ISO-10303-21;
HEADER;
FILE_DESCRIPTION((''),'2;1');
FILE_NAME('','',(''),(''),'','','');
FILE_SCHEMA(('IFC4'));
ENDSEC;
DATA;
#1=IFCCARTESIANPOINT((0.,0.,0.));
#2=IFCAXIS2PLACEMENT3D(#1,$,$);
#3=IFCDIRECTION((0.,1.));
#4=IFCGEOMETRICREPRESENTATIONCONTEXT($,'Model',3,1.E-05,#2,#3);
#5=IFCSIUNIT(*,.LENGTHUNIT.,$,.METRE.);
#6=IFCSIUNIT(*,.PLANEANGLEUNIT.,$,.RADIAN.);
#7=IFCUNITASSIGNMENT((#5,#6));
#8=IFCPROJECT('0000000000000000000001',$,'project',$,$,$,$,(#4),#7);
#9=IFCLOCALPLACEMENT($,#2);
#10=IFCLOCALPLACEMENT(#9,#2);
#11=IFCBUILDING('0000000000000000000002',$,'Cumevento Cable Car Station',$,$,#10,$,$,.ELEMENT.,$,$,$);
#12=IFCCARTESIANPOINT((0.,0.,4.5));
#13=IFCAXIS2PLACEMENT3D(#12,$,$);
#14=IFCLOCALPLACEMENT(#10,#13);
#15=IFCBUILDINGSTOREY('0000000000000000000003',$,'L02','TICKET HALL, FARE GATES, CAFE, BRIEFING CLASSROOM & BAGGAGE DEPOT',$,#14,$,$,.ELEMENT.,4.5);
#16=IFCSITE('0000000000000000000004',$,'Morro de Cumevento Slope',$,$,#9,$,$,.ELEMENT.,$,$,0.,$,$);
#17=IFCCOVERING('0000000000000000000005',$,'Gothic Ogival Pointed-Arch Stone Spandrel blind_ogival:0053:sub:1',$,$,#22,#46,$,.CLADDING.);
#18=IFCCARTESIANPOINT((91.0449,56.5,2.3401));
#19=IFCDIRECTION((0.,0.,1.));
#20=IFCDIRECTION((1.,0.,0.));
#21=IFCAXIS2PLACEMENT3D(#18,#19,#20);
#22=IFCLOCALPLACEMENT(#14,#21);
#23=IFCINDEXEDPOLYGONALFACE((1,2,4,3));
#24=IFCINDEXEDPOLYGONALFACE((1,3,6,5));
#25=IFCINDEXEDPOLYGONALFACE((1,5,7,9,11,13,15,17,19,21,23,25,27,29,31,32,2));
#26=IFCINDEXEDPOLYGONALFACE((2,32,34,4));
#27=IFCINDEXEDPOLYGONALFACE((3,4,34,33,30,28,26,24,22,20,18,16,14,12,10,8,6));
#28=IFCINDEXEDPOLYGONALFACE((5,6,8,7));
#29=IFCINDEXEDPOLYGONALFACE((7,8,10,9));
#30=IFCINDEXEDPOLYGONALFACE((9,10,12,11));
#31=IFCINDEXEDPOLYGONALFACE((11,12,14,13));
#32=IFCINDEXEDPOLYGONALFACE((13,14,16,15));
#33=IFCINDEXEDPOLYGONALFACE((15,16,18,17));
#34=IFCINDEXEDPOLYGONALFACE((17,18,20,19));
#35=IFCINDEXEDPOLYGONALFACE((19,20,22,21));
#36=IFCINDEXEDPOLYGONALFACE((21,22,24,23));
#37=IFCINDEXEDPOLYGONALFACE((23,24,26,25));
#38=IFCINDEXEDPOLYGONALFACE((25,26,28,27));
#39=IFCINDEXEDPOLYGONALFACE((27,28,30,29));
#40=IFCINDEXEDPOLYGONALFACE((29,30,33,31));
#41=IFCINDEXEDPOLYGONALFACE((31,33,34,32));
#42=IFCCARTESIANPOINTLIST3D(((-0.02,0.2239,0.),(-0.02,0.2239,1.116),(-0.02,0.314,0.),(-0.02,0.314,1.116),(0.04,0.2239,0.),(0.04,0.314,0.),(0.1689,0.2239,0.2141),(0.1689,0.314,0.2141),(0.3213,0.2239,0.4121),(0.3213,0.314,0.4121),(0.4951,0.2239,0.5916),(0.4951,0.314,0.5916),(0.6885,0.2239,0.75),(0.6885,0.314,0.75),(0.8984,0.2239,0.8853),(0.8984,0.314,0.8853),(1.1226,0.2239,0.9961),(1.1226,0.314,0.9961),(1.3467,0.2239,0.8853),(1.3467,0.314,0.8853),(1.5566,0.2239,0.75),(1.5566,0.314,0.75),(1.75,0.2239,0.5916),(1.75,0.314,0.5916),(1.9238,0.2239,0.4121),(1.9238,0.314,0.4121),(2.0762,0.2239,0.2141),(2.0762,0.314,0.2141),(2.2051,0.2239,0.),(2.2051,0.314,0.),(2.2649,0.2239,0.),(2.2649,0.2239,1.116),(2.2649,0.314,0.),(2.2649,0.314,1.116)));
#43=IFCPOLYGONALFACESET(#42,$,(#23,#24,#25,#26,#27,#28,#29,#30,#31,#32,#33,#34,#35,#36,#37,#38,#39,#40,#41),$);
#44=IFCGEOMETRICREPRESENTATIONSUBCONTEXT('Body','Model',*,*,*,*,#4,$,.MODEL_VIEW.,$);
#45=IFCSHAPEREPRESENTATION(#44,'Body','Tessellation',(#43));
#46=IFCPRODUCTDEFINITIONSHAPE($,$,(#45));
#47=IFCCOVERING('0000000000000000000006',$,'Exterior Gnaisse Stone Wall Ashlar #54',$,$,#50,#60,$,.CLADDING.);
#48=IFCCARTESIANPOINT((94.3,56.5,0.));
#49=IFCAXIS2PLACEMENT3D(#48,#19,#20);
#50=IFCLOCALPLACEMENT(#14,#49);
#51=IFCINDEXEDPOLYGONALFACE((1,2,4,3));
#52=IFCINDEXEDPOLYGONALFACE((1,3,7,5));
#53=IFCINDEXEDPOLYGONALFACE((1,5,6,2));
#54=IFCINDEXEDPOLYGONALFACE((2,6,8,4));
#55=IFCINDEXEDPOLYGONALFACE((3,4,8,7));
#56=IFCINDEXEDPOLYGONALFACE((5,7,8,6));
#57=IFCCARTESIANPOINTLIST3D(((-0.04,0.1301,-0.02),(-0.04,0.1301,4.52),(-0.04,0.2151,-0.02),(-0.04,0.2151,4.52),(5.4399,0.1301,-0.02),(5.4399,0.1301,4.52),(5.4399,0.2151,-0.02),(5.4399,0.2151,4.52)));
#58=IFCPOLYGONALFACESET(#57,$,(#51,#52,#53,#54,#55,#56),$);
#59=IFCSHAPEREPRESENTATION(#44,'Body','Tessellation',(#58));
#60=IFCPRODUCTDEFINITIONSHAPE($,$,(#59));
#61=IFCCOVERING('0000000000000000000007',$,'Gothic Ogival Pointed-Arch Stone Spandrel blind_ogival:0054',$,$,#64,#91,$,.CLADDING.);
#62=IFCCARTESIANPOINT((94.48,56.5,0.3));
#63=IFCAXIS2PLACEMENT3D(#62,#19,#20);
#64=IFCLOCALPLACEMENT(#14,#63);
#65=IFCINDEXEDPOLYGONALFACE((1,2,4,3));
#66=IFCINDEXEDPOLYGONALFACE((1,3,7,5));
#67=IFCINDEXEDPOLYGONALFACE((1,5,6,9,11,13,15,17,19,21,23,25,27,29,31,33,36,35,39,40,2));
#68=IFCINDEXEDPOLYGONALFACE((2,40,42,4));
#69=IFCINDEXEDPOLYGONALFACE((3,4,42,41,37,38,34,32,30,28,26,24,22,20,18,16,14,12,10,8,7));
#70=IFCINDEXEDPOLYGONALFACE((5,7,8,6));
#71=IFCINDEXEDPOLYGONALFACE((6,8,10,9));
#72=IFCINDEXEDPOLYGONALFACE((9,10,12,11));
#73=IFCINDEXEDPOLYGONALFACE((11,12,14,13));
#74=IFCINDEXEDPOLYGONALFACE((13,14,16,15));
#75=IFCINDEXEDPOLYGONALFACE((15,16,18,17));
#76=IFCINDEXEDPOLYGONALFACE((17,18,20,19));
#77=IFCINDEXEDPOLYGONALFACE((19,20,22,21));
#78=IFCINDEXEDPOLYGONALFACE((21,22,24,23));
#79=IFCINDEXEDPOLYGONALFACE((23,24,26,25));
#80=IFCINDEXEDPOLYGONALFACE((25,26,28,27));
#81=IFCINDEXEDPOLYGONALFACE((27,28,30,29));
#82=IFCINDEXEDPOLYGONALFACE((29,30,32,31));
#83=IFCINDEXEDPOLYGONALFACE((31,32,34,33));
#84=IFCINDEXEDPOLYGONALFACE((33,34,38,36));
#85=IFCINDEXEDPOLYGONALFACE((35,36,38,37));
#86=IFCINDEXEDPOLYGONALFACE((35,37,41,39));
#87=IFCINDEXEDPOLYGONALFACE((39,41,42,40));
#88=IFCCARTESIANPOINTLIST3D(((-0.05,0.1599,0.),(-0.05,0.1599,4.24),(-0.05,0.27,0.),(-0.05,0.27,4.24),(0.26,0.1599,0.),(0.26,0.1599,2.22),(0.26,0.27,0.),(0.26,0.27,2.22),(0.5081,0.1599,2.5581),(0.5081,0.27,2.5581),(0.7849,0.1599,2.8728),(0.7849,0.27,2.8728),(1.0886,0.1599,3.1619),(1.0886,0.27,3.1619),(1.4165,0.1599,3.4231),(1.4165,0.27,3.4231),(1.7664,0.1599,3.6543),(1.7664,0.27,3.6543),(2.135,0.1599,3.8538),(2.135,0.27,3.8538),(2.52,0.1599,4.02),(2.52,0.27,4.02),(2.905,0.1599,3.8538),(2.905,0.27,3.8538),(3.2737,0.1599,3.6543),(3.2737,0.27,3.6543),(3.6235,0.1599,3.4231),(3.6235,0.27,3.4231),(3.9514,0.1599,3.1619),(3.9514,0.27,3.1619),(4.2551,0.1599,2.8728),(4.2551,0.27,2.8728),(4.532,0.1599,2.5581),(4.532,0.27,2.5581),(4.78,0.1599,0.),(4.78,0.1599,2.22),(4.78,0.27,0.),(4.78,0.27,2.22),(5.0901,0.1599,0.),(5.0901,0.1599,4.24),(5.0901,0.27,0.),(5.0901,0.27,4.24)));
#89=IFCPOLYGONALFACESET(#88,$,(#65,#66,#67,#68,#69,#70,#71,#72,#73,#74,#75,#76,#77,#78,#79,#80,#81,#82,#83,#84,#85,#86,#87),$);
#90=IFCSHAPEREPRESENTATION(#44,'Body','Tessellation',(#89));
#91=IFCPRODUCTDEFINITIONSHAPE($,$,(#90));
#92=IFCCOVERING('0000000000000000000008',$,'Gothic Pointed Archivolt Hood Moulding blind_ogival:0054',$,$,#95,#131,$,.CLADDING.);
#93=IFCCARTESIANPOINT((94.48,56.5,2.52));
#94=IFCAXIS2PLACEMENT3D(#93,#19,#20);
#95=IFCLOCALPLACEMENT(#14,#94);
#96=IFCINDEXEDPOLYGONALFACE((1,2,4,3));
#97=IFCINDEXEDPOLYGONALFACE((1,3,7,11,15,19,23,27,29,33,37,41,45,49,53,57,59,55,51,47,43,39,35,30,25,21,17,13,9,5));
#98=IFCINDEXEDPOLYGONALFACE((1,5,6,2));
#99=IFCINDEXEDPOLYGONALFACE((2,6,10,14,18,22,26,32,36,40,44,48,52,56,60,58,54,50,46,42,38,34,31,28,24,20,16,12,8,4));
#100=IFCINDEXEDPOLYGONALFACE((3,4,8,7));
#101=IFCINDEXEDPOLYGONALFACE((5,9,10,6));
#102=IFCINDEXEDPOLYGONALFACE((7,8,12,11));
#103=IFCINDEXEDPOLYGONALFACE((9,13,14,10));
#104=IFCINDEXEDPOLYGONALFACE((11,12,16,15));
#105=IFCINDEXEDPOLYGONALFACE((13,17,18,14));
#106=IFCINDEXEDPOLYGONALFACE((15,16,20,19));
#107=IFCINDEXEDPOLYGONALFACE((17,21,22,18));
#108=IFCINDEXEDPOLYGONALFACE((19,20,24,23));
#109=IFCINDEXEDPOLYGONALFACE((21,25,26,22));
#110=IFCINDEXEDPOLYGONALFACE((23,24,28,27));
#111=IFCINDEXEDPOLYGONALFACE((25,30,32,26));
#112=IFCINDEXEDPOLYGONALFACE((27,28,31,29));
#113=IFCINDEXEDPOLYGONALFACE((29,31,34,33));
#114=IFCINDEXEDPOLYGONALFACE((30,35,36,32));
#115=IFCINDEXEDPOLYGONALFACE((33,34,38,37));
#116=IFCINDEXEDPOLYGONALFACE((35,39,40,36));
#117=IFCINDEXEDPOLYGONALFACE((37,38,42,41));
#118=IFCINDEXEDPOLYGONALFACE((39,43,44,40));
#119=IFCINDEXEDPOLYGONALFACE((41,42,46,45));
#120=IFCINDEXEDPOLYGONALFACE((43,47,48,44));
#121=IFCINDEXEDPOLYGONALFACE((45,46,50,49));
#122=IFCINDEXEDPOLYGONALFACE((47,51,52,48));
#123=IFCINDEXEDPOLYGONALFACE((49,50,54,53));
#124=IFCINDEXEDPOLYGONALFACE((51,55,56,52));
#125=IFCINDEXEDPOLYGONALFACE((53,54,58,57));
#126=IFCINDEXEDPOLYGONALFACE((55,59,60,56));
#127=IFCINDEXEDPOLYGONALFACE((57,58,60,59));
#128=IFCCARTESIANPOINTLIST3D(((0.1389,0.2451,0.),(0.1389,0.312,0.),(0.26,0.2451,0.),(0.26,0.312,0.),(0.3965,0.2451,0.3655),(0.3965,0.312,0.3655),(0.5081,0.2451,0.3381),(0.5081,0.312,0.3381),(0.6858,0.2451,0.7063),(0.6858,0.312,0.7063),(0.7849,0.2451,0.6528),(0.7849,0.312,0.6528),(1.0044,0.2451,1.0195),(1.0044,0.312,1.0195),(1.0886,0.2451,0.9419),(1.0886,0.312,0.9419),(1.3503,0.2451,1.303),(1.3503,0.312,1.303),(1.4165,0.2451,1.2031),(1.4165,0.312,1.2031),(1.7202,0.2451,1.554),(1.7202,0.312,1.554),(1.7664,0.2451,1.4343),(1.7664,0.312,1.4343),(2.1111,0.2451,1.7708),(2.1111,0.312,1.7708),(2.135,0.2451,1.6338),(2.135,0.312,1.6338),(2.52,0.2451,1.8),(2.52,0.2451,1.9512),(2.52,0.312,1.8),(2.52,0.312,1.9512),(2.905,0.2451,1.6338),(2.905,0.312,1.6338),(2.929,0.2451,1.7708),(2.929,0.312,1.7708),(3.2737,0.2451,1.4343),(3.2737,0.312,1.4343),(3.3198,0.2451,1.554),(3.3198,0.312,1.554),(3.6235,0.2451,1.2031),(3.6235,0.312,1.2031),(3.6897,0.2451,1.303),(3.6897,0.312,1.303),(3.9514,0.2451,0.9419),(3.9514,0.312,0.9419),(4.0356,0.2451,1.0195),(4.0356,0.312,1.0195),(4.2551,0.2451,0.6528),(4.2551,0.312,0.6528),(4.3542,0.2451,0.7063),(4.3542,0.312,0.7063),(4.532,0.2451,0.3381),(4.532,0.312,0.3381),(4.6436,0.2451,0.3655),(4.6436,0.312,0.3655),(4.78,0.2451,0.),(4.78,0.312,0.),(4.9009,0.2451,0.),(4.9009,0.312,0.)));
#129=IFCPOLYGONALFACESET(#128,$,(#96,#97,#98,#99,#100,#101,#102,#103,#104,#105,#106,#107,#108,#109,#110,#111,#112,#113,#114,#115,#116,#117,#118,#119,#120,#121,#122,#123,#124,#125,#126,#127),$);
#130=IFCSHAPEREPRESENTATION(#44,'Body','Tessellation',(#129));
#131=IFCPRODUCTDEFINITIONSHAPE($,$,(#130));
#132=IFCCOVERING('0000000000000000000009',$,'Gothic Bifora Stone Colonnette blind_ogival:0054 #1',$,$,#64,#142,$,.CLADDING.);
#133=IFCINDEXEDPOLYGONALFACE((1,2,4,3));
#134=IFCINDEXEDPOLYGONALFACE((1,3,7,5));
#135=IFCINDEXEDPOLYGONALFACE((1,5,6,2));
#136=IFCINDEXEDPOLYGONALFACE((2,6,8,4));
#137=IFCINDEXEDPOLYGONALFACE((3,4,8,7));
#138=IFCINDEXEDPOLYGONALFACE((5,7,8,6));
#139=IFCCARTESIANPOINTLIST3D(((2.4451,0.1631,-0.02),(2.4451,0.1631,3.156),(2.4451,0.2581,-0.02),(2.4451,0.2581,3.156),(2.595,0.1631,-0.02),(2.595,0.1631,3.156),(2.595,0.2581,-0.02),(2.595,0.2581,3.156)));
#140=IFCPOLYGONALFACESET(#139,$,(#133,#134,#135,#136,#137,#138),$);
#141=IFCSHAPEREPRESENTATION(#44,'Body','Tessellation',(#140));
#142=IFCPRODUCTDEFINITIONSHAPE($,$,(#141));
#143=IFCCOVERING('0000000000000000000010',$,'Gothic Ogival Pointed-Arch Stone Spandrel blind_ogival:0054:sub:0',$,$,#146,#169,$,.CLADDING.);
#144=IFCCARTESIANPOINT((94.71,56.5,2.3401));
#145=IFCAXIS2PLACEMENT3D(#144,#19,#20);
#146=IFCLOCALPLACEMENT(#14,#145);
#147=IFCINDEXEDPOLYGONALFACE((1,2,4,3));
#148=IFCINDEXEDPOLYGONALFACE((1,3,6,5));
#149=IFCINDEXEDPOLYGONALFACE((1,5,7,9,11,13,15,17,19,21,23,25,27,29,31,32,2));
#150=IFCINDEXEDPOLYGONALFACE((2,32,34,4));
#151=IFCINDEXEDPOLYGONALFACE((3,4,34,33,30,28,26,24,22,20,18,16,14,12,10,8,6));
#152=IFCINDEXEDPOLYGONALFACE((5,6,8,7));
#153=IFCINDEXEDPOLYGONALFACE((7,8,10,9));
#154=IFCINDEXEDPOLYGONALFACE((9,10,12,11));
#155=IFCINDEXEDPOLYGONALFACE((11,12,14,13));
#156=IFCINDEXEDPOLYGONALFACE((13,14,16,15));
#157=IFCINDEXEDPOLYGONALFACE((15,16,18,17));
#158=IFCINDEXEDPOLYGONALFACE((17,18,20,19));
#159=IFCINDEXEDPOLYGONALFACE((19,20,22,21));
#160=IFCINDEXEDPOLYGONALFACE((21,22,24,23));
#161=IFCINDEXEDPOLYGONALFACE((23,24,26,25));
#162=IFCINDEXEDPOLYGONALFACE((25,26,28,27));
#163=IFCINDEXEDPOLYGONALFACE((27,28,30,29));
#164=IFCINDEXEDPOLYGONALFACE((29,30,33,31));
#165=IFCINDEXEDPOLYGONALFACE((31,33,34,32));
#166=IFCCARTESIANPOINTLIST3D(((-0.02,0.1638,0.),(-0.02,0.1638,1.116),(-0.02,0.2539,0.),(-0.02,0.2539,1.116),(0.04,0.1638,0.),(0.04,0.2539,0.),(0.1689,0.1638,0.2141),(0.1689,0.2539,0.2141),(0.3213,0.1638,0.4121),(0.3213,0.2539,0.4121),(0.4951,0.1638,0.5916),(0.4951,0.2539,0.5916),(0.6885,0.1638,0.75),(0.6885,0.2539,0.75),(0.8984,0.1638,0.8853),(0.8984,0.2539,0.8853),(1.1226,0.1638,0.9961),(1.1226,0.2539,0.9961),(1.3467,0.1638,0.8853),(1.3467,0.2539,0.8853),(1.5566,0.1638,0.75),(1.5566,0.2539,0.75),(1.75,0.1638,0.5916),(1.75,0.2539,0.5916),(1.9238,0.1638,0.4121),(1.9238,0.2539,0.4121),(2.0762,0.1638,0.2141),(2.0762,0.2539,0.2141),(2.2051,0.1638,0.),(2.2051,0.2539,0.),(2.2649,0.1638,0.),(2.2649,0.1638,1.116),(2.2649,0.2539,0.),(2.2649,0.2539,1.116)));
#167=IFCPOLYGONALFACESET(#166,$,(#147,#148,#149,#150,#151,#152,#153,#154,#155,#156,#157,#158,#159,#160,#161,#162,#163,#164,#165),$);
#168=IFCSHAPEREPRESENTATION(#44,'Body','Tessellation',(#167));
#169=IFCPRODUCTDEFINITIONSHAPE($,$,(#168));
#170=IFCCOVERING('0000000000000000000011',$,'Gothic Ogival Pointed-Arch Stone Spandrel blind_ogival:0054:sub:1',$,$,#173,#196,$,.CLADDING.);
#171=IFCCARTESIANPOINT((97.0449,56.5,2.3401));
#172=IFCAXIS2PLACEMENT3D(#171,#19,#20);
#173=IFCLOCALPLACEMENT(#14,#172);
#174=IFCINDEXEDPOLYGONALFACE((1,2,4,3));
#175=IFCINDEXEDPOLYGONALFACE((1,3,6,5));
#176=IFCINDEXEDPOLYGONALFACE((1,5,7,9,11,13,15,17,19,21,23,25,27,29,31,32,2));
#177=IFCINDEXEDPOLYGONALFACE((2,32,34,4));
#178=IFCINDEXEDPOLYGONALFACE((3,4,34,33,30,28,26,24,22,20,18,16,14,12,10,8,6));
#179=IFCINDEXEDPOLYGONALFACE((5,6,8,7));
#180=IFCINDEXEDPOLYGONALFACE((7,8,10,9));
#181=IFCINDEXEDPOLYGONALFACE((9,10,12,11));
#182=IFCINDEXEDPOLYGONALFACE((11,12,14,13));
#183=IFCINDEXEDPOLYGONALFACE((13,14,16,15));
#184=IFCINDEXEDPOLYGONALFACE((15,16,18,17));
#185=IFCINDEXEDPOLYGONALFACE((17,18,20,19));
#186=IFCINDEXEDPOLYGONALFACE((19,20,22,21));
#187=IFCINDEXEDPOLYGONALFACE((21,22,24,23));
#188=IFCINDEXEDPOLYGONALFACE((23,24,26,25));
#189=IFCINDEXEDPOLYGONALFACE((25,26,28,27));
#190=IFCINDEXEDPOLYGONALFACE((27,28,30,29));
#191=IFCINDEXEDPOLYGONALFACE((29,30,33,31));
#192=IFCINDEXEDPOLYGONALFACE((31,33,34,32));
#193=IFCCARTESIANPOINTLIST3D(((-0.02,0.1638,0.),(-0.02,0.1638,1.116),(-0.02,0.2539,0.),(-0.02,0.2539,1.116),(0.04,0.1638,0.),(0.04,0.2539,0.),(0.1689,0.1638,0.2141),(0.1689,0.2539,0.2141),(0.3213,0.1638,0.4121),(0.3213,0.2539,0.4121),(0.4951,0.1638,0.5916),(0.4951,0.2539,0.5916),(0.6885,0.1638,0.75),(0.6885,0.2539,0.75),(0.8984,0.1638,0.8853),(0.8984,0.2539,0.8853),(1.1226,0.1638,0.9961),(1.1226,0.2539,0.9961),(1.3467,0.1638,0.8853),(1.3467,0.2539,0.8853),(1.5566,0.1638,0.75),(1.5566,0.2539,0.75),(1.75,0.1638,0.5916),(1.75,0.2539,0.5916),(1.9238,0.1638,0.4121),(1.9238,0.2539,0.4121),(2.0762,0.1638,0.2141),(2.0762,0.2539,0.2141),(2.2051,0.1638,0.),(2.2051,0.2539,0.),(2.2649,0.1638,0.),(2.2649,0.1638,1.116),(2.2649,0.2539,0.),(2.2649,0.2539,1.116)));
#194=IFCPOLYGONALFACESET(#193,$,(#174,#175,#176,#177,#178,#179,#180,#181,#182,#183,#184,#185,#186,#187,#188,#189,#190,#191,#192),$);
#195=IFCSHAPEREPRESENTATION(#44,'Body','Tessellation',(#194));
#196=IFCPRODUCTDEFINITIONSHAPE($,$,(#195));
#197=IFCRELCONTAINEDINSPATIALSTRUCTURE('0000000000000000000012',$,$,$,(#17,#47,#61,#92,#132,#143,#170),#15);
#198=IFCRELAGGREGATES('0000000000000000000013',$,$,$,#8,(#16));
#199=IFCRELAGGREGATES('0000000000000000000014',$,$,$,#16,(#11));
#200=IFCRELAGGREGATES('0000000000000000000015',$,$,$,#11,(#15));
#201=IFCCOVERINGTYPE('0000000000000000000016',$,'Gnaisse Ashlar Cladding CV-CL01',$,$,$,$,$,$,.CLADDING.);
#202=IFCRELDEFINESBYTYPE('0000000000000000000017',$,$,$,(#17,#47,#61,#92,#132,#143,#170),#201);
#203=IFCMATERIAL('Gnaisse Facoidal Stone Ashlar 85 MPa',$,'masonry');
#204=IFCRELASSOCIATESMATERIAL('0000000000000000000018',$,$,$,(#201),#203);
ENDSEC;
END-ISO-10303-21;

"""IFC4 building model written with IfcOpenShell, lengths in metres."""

from ifc_helpers import new_model, si_unit, direction, frame, origin, place, context, subcontext, project, spatial, polyline, outline, extrude, material, type_object, element, save


model = new_model("IFC4")

# Units and contexts
model_context = context("Model", 3, precision=1e-05, world=origin(), true_north=direction((0.0, 1.0)))
body_context = subcontext(model_context, "Body", "Model", "MODEL_VIEW")
ifc_project = project(units=[si_unit("LENGTHUNIT", "METRE"), si_unit("PLANEANGLEUNIT", "RADIAN")], contexts=[model_context])

# Site, building, storey
site_placement = place(None, origin())
site = spatial("IfcSite", under=ifc_project, at=site_placement, Name="Morro de Cumevento Slope", CompositionType="ELEMENT", RefElevation=0.0)
building_placement = place(site_placement, origin())
building = spatial("IfcBuilding", under=site, at=building_placement, Name="Cumevento Cable Car Station", CompositionType="ELEMENT")
storey_placement = place(building_placement, frame((0.0, 0.0, 4.5)))
storey = spatial("IfcBuildingStorey", under=building, at=storey_placement, Name="L02", Description="TICKET HALL, FARE GATES, CAFE, BRIEFING CLASSROOM & BAGGAGE DEPOT", CompositionType="ELEMENT", Elevation=4.5)

# Coverings
ifc_material_1 = material(Name="Gnaisse Facoidal Stone Ashlar 85 MPa", Category="masonry")
covering_type = type_object("IfcCoveringType", Name="Gnaisse Ashlar Cladding CV-CL01", PredefinedType="CLADDING", material=ifc_material_1)
covering_1_placement = place(storey_placement, frame((91.0449, 56.5, 2.3401), z_axis=(0.0, 0.0, 1.0), x_axis=(1.0, 0.0, 0.0)))
element("IfcCovering", 1, at=covering_1_placement, inside=storey, type_object=covering_type, Name="Gothic Ogival Pointed-Arch Stone Spandrel blind_ogival:0053:sub:1", PredefinedType="CLADDING", context=body_context, shape_type="SweptSolid", body=[
    extrude(outline(polyline([(-0.02, 0.0), (-0.02, 1.116), (2.2649, 1.116), (2.2649, 0.0), (2.2051, 0.0), (2.0762, 0.2141), (1.9238, 0.4121), (1.75, 0.5916), (1.5566, 0.75), (1.3467, 0.8853), (1.1226, 0.9961), (0.8984, 0.8853), (0.6885, 0.75), (0.4951, 0.5916), (0.3213, 0.4121), (0.1689, 0.2141), (0.04, 0.0), (-0.02, 0.0)])), frame((0.0, 0.314, 0.0), z_axis=(0.0, -1.0, 0.0), x_axis=(1.0, 0.0, 0.0)), (0.0, 0.0, 1.0), 0.0901),
])
covering_2_placement = place(storey_placement, frame((94.3, 56.5, 0.0), z_axis=(0.0, 0.0, 1.0), x_axis=(1.0, 0.0, 0.0)))
element("IfcCovering", 2, at=covering_2_placement, inside=storey, type_object=covering_type, Name="Exterior Gnaisse Stone Wall Ashlar #54", PredefinedType="CLADDING", context=body_context, shape_type="SweptSolid", body=[
    extrude(outline(polyline([(-0.04, -0.02), (5.4399, -0.02), (5.4399, 4.52), (-0.04, 4.52), (-0.04, -0.02)])), frame((0.0, 0.2151, 0.0), z_axis=(0.0, -1.0, 0.0), x_axis=(1.0, 0.0, 0.0)), (0.0, 0.0, 1.0), 0.085),
])
placement = place(storey_placement, frame((94.48, 56.5, 0.3), z_axis=(0.0, 0.0, 1.0), x_axis=(1.0, 0.0, 0.0)))
element("IfcCovering", 3, at=placement, inside=storey, type_object=covering_type, Name="Gothic Ogival Pointed-Arch Stone Spandrel blind_ogival:0054", PredefinedType="CLADDING", context=body_context, shape_type="SweptSolid", body=[
    extrude(outline(polyline([(-0.05, 0.0), (-0.05, 4.24), (5.0901, 4.24), (5.0901, 0.0), (4.78, 0.0), (4.78, 2.22), (4.532, 2.5581), (4.2551, 2.8728), (3.9514, 3.1619), (3.6235, 3.4231), (3.2737, 3.6543), (2.905, 3.8538), (2.52, 4.02), (2.135, 3.8538), (1.7664, 3.6543), (1.4165, 3.4231), (1.0886, 3.1619), (0.7849, 2.8728), (0.5081, 2.5581), (0.26, 2.22), (0.26, 0.0), (-0.05, 0.0)])), frame((0.0, 0.27, 0.0), z_axis=(0.0, -1.0, 0.0), x_axis=(1.0, 0.0, 0.0)), (0.0, 0.0, 1.0), 0.1101),
])
covering_3_placement = place(storey_placement, frame((94.48, 56.5, 2.52), z_axis=(0.0, 0.0, 1.0), x_axis=(1.0, 0.0, 0.0)))
element("IfcCovering", 4, at=covering_3_placement, inside=storey, type_object=covering_type, Name="Gothic Pointed Archivolt Hood Moulding blind_ogival:0054", PredefinedType="CLADDING", context=body_context, shape_type="SweptSolid", body=[
    extrude(outline(polyline([(0.26, 0.0), (0.5081, 0.3381), (0.7849, 0.6528), (1.0886, 0.9419), (1.4165, 1.2031), (1.7664, 1.4343), (2.135, 1.6338), (2.52, 1.8), (2.905, 1.6338), (3.2737, 1.4343), (3.6235, 1.2031), (3.9514, 0.9419), (4.2551, 0.6528), (4.532, 0.3381), (4.78, 0.0), (4.9009, 0.0), (4.6436, 0.3655), (4.3542, 0.7063), (4.0356, 1.0195), (3.6897, 1.303), (3.3198, 1.554), (2.929, 1.7708), (2.52, 1.9512), (2.1111, 1.7708), (1.7202, 1.554), (1.3503, 1.303), (1.0044, 1.0195), (0.6858, 0.7063), (0.3965, 0.3655), (0.1389, 0.0), (0.26, 0.0)])), frame((0.0, 0.312, 0.0), z_axis=(0.0, -1.0, 0.0), x_axis=(1.0, 0.0, 0.0)), (0.0, 0.0, 1.0), 0.0669),
])
element("IfcCovering", 5, at=placement, inside=storey, type_object=covering_type, Name="Gothic Bifora Stone Colonnette blind_ogival:0054 #1", PredefinedType="CLADDING", context=body_context, shape_type="SweptSolid", body=[
    extrude(outline(polyline([(2.4451, -0.02), (2.595, -0.02), (2.595, 3.156), (2.4451, 3.156), (2.4451, -0.02)])), frame((0.0, 0.2581, 0.0), z_axis=(0.0, -1.0, 0.0), x_axis=(1.0, 0.0, 0.0)), (0.0, 0.0, 1.0), 0.095),
])
for number, where, z_axis, x_axis, name in (
    (6, (94.71, 56.5, 2.3401), (0.0, 0.0, 1.0), (1.0, 0.0, 0.0), "Gothic Ogival Pointed-Arch Stone Spandrel blind_ogival:0054:sub:0"),
    (7, (97.0449, 56.5, 2.3401), (0.0, 0.0, 1.0), (1.0, 0.0, 0.0), "Gothic Ogival Pointed-Arch Stone Spandrel blind_ogival:0054:sub:1"),
):
    element("IfcCovering", number, at=place(storey_placement, frame(where, z_axis=z_axis, x_axis=x_axis)), inside=storey, type_object=covering_type, Name=name, PredefinedType="CLADDING", context=body_context, shape_type="SweptSolid", body=[
        extrude(outline(polyline([(-0.02, 0.0), (-0.02, 1.116), (2.2649, 1.116), (2.2649, 0.0), (2.2051, 0.0), (2.0762, 0.2141), (1.9238, 0.4121), (1.75, 0.5916), (1.5566, 0.75), (1.3467, 0.8853), (1.1226, 0.9961), (0.8984, 0.8853), (0.6885, 0.75), (0.4951, 0.5916), (0.3213, 0.4121), (0.1689, 0.2141), (0.04, 0.0), (-0.02, 0.0)])), frame((0.0, 0.2539, 0.0), z_axis=(0.0, -1.0, 0.0), x_axis=(1.0, 0.0, 0.0)), (0.0, 0.0, 1.0), 0.0901),
    ])

save(model, "model.ifc")
